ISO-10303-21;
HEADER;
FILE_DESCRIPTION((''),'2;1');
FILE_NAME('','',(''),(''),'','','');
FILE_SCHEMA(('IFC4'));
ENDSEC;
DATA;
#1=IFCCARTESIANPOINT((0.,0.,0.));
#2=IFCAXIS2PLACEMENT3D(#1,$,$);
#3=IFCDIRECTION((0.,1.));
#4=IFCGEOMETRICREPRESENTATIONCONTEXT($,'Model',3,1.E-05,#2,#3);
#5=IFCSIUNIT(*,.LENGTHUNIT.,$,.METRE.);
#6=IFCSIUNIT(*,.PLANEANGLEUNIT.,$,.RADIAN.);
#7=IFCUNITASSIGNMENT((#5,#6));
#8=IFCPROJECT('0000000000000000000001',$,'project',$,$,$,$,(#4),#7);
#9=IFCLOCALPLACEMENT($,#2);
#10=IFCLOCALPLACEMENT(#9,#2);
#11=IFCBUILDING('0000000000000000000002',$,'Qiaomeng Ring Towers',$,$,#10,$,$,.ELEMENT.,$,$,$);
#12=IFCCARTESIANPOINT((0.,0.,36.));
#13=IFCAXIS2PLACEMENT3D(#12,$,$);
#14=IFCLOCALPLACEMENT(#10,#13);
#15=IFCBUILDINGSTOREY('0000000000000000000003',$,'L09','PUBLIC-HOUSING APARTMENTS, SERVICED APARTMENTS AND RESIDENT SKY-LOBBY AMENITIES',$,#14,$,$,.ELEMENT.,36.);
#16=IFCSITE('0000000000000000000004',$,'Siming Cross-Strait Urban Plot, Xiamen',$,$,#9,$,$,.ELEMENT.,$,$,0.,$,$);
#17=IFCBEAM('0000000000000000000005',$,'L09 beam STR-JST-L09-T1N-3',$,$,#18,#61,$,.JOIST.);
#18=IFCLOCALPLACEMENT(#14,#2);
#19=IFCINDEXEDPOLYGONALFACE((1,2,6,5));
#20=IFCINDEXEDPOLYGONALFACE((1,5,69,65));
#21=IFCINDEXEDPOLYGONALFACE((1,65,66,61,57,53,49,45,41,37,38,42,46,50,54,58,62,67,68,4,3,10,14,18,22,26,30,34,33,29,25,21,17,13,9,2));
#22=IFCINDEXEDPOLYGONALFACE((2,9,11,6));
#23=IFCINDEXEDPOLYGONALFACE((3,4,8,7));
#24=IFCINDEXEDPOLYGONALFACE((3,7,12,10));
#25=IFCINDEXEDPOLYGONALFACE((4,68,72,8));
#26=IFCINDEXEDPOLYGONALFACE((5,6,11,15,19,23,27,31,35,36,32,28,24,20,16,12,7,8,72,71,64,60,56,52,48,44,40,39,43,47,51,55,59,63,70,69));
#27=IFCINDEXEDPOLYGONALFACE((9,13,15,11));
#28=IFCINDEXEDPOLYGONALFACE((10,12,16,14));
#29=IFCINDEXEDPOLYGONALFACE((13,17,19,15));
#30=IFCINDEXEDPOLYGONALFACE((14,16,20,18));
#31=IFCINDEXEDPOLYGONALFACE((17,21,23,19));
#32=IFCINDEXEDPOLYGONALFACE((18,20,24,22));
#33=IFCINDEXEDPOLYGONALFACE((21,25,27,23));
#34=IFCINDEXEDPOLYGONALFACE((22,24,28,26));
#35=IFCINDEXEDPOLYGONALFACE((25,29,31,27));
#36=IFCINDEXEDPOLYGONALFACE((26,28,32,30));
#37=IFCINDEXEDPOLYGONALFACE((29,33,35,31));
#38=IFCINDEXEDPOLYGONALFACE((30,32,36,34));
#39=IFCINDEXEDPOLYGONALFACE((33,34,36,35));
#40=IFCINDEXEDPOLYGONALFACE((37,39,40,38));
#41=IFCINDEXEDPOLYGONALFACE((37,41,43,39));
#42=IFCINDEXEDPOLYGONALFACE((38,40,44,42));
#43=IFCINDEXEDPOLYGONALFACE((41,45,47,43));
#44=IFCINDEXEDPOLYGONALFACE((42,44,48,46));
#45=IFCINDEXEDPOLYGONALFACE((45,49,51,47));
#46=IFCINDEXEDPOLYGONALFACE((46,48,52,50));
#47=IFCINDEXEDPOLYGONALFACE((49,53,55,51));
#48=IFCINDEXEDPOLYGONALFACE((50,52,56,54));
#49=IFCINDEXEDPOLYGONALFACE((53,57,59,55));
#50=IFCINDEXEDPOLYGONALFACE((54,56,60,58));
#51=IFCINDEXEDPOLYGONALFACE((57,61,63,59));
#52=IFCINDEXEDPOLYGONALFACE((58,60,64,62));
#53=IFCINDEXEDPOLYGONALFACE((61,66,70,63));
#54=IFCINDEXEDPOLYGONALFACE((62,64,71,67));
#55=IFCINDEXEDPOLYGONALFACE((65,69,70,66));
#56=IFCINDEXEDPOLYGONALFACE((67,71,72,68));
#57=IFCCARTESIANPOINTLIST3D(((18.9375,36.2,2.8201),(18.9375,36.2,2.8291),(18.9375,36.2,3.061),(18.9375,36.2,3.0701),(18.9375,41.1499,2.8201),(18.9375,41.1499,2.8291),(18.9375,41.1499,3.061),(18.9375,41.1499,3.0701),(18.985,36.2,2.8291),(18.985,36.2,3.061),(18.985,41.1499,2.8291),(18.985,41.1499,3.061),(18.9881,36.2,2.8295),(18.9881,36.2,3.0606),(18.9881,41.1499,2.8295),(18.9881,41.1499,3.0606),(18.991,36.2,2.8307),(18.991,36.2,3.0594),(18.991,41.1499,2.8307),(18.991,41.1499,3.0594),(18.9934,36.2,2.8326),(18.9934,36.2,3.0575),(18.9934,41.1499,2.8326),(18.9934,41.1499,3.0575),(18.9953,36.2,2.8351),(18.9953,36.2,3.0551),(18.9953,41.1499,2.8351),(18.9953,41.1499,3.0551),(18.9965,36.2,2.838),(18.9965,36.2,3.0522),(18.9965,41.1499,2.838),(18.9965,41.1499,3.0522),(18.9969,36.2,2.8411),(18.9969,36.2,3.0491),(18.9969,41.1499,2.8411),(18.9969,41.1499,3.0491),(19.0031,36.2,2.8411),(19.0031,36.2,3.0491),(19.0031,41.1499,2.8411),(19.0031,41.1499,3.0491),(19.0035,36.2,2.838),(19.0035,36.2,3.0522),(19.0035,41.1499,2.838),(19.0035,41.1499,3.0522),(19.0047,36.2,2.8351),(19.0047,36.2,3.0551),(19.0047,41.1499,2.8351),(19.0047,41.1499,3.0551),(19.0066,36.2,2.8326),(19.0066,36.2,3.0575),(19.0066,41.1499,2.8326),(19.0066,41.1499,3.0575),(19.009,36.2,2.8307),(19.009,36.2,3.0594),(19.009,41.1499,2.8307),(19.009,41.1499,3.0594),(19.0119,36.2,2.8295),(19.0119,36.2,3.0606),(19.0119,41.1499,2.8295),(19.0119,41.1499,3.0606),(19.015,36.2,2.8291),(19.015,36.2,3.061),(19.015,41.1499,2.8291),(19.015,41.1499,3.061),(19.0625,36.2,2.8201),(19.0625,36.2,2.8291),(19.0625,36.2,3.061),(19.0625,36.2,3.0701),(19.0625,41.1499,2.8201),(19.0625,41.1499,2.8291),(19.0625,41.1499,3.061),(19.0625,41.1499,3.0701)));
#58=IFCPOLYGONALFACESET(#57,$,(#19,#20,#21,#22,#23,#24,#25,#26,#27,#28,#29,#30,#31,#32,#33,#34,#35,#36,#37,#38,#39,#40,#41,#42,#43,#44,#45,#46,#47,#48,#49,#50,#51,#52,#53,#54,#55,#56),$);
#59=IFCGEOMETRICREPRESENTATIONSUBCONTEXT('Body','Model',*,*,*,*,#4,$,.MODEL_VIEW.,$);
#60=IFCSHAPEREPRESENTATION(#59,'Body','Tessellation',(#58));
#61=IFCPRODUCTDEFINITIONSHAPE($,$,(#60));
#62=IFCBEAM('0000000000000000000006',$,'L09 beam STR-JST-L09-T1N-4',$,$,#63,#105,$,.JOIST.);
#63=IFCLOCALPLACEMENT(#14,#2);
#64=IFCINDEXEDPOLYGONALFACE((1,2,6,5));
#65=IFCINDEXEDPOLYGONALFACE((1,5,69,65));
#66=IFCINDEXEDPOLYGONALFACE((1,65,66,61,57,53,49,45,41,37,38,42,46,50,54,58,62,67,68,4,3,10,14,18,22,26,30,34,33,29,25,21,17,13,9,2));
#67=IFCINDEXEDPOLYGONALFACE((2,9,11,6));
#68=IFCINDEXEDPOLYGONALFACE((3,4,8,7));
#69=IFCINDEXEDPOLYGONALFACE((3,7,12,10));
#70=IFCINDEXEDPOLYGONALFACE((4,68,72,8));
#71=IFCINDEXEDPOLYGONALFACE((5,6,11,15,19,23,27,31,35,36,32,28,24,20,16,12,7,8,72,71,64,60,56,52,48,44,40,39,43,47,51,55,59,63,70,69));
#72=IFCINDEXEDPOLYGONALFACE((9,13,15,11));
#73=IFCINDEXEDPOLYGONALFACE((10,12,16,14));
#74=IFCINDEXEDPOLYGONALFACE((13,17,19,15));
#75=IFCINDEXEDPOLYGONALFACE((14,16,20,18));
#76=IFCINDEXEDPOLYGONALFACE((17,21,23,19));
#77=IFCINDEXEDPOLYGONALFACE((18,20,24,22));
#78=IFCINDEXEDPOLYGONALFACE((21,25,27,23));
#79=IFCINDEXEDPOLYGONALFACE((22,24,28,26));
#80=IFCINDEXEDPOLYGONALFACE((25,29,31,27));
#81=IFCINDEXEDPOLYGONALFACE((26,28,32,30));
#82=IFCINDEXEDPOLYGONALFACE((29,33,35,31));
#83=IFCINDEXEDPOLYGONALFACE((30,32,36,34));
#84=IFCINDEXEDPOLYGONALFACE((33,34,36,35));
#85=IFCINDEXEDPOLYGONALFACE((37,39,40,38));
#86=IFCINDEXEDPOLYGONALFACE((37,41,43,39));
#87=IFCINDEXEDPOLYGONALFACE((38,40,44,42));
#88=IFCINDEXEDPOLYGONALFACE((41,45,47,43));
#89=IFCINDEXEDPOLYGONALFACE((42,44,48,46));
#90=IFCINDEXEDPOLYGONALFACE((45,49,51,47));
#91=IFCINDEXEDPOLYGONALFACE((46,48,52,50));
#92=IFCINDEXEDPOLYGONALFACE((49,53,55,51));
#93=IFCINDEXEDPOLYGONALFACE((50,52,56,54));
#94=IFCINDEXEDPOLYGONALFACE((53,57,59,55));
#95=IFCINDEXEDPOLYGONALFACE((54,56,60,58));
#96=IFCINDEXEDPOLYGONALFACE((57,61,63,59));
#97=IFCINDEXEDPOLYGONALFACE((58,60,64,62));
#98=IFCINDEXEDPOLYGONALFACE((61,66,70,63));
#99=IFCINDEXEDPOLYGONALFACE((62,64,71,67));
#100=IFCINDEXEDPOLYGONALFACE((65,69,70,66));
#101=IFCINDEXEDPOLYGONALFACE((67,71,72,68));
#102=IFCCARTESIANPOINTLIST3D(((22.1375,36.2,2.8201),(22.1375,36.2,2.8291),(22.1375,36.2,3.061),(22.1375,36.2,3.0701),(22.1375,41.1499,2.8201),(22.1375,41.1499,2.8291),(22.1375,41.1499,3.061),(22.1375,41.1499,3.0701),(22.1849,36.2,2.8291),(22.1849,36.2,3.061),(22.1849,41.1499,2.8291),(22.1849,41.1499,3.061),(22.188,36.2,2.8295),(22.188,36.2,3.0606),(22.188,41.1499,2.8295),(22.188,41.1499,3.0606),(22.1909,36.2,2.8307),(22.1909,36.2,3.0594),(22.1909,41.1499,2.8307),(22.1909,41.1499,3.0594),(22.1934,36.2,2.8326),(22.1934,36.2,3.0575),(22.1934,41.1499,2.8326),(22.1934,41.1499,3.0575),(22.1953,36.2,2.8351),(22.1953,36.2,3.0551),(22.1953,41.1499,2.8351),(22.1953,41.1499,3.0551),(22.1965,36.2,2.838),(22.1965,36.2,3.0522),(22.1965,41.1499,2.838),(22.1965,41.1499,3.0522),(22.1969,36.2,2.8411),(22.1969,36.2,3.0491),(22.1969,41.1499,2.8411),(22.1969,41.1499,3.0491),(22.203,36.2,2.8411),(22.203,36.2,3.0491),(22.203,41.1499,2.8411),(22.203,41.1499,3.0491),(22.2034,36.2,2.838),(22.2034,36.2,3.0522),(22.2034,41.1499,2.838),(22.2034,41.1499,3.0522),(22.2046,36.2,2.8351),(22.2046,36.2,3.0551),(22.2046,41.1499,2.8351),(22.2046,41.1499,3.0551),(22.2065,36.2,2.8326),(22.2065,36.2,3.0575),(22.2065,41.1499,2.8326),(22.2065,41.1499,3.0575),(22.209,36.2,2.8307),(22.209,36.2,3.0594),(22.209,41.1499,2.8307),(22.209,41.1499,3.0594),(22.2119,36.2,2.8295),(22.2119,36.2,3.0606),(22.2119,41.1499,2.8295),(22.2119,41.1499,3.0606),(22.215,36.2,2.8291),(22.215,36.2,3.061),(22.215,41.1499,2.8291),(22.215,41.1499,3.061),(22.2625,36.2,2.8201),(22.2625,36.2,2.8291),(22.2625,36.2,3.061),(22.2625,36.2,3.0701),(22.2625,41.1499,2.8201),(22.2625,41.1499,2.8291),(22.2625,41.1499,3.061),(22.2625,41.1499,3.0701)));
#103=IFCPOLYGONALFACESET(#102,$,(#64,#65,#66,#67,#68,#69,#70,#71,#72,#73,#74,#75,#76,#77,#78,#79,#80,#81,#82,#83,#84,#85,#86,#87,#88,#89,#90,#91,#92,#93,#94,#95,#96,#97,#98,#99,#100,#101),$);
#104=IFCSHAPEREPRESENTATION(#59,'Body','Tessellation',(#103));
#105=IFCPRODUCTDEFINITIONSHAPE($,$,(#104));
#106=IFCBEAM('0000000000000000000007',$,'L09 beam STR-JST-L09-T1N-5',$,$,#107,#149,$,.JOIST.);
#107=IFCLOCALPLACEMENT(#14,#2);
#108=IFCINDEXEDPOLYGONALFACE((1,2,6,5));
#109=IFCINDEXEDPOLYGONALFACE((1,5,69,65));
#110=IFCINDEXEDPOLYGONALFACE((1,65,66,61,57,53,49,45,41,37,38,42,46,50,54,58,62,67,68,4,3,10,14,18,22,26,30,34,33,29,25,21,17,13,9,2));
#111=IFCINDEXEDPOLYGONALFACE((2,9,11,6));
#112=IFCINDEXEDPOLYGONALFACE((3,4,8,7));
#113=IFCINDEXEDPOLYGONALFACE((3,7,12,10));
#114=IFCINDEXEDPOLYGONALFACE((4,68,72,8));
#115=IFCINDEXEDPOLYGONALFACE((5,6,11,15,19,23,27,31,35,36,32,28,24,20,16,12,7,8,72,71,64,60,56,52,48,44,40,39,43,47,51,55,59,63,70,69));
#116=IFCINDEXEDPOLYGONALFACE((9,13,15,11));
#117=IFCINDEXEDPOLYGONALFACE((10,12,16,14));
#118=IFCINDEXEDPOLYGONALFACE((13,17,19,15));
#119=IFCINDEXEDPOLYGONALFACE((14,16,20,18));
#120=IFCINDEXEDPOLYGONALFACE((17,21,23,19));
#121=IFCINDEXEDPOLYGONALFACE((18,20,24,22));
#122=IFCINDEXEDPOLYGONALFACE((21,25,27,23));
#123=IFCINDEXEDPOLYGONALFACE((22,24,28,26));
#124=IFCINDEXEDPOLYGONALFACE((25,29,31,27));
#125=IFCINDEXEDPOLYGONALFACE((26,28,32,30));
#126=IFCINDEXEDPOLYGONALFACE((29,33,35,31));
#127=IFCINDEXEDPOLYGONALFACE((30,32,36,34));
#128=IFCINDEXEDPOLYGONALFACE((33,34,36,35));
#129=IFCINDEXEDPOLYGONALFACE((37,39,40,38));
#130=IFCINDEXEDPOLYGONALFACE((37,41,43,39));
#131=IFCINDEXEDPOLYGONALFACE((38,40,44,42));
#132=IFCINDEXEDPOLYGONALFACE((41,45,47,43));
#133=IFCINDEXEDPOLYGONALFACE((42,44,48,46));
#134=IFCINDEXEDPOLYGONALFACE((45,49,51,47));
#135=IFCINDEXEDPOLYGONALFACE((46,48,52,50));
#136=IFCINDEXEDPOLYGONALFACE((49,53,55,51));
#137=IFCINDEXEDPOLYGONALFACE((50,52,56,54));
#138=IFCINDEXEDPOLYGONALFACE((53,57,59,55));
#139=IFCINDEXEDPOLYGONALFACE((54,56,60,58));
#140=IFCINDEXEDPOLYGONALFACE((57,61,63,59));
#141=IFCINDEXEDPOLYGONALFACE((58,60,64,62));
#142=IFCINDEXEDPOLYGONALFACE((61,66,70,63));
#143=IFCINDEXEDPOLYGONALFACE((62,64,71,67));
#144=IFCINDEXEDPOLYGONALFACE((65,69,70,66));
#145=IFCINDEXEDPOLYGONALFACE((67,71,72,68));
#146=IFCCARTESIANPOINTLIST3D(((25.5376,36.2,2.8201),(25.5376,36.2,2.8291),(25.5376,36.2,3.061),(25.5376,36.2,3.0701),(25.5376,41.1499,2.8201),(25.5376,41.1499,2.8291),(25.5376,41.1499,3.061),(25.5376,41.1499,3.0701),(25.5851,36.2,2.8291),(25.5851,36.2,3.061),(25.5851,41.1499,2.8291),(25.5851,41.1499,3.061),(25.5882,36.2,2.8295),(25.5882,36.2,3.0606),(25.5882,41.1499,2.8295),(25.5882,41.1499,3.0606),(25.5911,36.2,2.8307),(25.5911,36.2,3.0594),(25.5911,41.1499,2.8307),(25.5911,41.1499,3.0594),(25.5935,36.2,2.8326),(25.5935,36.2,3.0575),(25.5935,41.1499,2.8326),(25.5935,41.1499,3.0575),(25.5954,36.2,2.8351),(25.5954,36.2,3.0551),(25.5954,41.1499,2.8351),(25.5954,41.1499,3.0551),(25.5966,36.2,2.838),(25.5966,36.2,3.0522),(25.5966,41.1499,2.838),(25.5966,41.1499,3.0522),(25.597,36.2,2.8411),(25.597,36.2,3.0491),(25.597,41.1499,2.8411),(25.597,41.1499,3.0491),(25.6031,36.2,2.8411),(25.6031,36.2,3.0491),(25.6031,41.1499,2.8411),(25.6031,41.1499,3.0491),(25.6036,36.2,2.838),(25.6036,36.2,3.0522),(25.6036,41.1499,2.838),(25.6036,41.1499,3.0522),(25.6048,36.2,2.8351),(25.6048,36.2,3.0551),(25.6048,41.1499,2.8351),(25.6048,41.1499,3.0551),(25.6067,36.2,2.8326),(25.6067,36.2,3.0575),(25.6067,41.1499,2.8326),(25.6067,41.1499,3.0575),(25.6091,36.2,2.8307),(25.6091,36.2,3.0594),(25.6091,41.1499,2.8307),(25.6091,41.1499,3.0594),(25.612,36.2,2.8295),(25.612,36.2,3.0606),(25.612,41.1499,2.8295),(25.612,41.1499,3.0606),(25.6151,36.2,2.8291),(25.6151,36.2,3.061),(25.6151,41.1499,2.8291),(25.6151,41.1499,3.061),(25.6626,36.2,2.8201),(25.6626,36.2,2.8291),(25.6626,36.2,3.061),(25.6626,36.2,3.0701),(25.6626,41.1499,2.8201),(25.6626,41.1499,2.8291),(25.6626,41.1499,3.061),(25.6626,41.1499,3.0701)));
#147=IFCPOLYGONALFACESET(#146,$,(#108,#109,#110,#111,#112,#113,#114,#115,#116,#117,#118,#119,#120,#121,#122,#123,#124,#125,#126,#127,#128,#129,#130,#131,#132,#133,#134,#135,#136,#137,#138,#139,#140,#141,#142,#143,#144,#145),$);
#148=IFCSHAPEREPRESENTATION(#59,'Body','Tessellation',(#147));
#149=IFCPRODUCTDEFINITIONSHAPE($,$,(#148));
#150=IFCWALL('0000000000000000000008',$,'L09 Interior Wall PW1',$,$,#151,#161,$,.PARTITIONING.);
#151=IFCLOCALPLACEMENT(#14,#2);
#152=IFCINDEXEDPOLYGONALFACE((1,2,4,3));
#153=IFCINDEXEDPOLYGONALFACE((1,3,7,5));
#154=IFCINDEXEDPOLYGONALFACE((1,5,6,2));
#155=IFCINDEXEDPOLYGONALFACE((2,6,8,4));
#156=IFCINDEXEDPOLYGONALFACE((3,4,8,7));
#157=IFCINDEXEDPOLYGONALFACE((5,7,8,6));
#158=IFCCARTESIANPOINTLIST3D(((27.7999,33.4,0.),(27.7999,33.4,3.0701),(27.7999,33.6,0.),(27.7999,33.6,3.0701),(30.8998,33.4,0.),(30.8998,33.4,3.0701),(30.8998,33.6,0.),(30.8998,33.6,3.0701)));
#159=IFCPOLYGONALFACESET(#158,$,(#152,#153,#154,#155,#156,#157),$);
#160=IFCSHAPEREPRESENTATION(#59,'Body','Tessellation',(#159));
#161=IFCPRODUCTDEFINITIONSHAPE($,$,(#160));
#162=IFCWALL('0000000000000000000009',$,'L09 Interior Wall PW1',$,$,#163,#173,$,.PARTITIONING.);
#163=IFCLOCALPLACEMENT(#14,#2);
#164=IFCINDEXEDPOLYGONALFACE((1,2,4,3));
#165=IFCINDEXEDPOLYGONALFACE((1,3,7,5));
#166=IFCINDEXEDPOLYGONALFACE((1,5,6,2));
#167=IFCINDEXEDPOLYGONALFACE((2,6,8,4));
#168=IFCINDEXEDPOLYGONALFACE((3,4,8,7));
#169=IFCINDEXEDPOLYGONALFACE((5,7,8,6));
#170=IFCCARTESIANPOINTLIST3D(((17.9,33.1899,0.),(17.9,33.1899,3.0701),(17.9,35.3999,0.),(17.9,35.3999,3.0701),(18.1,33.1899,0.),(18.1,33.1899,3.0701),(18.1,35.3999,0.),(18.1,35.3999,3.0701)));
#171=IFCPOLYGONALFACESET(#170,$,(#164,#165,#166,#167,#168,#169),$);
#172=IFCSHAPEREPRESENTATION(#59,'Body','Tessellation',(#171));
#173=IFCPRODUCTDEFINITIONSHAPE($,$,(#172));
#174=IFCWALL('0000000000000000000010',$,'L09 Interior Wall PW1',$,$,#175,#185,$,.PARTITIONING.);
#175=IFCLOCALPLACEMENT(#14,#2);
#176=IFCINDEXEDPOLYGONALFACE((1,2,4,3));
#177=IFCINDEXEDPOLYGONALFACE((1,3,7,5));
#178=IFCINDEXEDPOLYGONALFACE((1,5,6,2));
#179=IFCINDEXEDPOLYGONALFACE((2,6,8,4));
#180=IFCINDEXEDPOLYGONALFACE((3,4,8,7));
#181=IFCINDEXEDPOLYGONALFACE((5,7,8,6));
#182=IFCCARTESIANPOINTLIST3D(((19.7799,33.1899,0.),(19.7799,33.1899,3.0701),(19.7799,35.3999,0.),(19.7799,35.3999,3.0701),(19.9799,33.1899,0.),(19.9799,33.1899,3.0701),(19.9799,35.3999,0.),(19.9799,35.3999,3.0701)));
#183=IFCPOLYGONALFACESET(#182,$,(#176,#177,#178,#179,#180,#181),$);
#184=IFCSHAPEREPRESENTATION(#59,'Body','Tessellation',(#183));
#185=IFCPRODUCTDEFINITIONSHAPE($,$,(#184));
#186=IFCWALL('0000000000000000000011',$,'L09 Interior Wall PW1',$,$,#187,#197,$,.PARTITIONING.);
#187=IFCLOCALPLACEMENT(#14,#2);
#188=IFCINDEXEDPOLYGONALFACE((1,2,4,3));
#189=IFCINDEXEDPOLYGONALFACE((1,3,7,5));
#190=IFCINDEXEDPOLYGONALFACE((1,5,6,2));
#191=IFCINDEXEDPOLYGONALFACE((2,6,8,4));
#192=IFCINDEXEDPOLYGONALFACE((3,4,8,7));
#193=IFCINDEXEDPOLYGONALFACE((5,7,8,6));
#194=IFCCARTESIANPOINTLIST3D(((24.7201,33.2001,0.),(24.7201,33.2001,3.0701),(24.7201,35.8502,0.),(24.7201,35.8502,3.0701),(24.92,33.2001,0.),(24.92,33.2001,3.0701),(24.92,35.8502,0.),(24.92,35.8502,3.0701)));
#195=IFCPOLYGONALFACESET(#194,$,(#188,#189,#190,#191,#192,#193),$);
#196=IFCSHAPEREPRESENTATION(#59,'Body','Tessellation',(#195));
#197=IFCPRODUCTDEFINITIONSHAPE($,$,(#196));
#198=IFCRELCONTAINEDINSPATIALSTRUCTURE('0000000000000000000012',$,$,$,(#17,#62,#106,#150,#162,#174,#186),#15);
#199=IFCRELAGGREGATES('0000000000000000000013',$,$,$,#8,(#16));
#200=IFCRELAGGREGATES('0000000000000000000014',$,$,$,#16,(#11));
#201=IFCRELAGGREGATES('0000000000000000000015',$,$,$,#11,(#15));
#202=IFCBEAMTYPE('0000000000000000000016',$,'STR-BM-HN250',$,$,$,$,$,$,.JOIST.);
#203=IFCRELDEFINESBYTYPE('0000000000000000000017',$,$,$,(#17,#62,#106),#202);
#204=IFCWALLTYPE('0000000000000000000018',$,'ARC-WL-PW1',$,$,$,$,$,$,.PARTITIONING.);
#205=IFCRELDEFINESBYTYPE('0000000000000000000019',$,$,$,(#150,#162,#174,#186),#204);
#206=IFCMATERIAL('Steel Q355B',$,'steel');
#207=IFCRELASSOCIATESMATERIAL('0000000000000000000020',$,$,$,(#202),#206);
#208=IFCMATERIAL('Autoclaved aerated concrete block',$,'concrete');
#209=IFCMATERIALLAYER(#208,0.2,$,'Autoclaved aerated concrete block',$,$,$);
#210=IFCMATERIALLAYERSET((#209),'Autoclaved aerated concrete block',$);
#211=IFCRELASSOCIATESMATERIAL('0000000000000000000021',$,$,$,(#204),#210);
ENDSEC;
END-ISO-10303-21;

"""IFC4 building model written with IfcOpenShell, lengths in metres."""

from ifc_helpers import new_model, si_unit, direction, frame, frame_2d, origin, origin_2d, place, context, subcontext, project, spatial, rectangle, i_section, extrude, source, transform, mapped, material, layer, layer_set, material_profile, profile_set, type_object, element, save


model = new_model("IFC4")

# Units and contexts
model_context = context("Model", 3, precision=1e-05, world=origin(), true_north=direction((0.0, 1.0)))
body_context = subcontext(model_context, "Body", "Model", "MODEL_VIEW")
ifc_project = project(units=[si_unit("LENGTHUNIT", "METRE"), si_unit("PLANEANGLEUNIT", "RADIAN")], contexts=[model_context])

# Site, building, storey
site_placement = place(None, origin())
site = spatial("IfcSite", under=ifc_project, at=site_placement, Name="Siming Cross-Strait Urban Plot, Xiamen", CompositionType="ELEMENT", RefElevation=0.0)
building_placement = place(site_placement, origin())
building = spatial("IfcBuilding", under=site, at=building_placement, Name="Qiaomeng Ring Towers", CompositionType="ELEMENT")
storey_placement = place(building_placement, frame((0.0, 0.0, 36.0)))
storey = spatial("IfcBuildingStorey", under=building, at=storey_placement, Name="L09", Description="PUBLIC-HOUSING APARTMENTS, SERVICED APARTMENTS AND RESIDENT SKY-LOBBY AMENITIES", CompositionType="ELEMENT", Elevation=36.0)

# Beams
ifc_material_1 = material(Name="Steel Q355B", Category="steel")
ifc_material_profile_1 = material_profile(ifc_material_1, i_section(OverallWidth=0.125, OverallDepth=0.25, WebThickness=0.0061, FlangeThickness=0.009, FilletRadius=0.012, at=origin_2d()), Name="HN 250x125x6x9")
ifc_profile_set_1 = profile_set([ifc_material_profile_1], Name="Steel Q355B")
beam_type_1 = type_object("IfcBeamType", Name="STR-BM-HN250", PredefinedType="JOIST", material=ifc_profile_set_1)
shared_shape_1 = source(origin(), body_context, "Body", "SweptSolid", [
    extrude(i_section(OverallWidth=0.125, OverallDepth=0.25, WebThickness=0.0061, FlangeThickness=0.009, FilletRadius=0.012, at=origin_2d()), origin(), (0.0, 0.0, 1.0), 4.95),
])
for number, where, z_axis, x_axis, name in (
    (1, (19.0, 36.2, 2.9451), (0.0, 1.0, 0.0), (-1.0, 0.0, 0.0), "L09 beam STR-JST-L09-T1N-3"),
    (2, (22.2, 36.2, 2.9451), (0.0, 1.0, 0.0), (-1.0, 0.0, 0.0), "L09 beam STR-JST-L09-T1N-4"),
    (3, (25.6001, 36.2, 2.9451), (0.0, 1.0, 0.0), (-1.0, 0.0, 0.0), "L09 beam STR-JST-L09-T1N-5"),
):
    element("IfcBeam", number, at=place(storey_placement, frame(where, z_axis=z_axis, x_axis=x_axis)), inside=storey, type_object=beam_type_1, Name=name, PredefinedType="JOIST", context=body_context, shape_type="MappedRepresentation", body=[
        mapped(shared_shape_1, transform((0.0, 0.0, 0.0), x_axis=(1.0, 0.0, 0.0), y_axis=(0.0, 1.0, 0.0), z_axis=(0.0, 0.0, 1.0), scale=1.0)),
    ])

# Walls
ifc_material_2 = material(Name="Autoclaved aerated concrete block", Category="concrete")
ifc_layer_1 = layer(ifc_material_2, 0.2, Name="Autoclaved aerated concrete block")
ifc_layer_set_1 = layer_set([ifc_layer_1], Name="Autoclaved aerated concrete block")
wall_type_1 = type_object("IfcWallType", Name="ARC-WL-PW1", PredefinedType="PARTITIONING", material=ifc_layer_set_1)
wall_1_placement = place(storey_placement, frame((27.8, 33.5, 0.0), z_axis=(0.0, 0.0, 1.0), x_axis=(1.0, 0.0, 0.0)))
element("IfcWall", 4, at=wall_1_placement, inside=storey, type_object=wall_type_1, Name="L09 Interior Wall PW1", PredefinedType="PARTITIONING", context=body_context, shape_type="SweptSolid", body=[
    extrude(rectangle(XDim=3.0999, YDim=0.2, at=frame_2d((1.5498, 0.0))), origin(), (0.0, 0.0, 1.0), 3.0701),
])
for number, where, z_axis, x_axis, name in (
    (5, (18.0, 33.1899, 0.0), (0.0, 0.0, 1.0), (0.0, 1.0, 0.0), "L09 Interior Wall PW1"),
    (6, (19.8799, 33.1899, 0.0), (0.0, 0.0, 1.0), (0.0, 1.0, 0.0), "L09 Interior Wall PW1"),
):
    element("IfcWall", number, at=place(storey_placement, frame(where, z_axis=z_axis, x_axis=x_axis)), inside=storey, type_object=wall_type_1, Name=name, PredefinedType="PARTITIONING", context=body_context, shape_type="SweptSolid", body=[
        extrude(rectangle(XDim=2.21, YDim=0.2, at=frame_2d((1.105, 0.0))), origin(), (0.0, 0.0, 1.0), 3.0701),
    ])
wall_2_placement = place(storey_placement, frame((24.8201, 33.2, 0.0), z_axis=(0.0, 0.0, 1.0), x_axis=(0.0, 1.0, 0.0)))
element("IfcWall", 7, at=wall_2_placement, inside=storey, type_object=wall_type_1, Name="L09 Interior Wall PW1", PredefinedType="PARTITIONING", context=body_context, shape_type="SweptSolid", body=[
    extrude(rectangle(XDim=2.6501, YDim=0.2, at=frame_2d((1.3252, 0.0))), origin(), (0.0, 0.0, 1.0), 3.0701),
])

save(model, "model.ifc")
